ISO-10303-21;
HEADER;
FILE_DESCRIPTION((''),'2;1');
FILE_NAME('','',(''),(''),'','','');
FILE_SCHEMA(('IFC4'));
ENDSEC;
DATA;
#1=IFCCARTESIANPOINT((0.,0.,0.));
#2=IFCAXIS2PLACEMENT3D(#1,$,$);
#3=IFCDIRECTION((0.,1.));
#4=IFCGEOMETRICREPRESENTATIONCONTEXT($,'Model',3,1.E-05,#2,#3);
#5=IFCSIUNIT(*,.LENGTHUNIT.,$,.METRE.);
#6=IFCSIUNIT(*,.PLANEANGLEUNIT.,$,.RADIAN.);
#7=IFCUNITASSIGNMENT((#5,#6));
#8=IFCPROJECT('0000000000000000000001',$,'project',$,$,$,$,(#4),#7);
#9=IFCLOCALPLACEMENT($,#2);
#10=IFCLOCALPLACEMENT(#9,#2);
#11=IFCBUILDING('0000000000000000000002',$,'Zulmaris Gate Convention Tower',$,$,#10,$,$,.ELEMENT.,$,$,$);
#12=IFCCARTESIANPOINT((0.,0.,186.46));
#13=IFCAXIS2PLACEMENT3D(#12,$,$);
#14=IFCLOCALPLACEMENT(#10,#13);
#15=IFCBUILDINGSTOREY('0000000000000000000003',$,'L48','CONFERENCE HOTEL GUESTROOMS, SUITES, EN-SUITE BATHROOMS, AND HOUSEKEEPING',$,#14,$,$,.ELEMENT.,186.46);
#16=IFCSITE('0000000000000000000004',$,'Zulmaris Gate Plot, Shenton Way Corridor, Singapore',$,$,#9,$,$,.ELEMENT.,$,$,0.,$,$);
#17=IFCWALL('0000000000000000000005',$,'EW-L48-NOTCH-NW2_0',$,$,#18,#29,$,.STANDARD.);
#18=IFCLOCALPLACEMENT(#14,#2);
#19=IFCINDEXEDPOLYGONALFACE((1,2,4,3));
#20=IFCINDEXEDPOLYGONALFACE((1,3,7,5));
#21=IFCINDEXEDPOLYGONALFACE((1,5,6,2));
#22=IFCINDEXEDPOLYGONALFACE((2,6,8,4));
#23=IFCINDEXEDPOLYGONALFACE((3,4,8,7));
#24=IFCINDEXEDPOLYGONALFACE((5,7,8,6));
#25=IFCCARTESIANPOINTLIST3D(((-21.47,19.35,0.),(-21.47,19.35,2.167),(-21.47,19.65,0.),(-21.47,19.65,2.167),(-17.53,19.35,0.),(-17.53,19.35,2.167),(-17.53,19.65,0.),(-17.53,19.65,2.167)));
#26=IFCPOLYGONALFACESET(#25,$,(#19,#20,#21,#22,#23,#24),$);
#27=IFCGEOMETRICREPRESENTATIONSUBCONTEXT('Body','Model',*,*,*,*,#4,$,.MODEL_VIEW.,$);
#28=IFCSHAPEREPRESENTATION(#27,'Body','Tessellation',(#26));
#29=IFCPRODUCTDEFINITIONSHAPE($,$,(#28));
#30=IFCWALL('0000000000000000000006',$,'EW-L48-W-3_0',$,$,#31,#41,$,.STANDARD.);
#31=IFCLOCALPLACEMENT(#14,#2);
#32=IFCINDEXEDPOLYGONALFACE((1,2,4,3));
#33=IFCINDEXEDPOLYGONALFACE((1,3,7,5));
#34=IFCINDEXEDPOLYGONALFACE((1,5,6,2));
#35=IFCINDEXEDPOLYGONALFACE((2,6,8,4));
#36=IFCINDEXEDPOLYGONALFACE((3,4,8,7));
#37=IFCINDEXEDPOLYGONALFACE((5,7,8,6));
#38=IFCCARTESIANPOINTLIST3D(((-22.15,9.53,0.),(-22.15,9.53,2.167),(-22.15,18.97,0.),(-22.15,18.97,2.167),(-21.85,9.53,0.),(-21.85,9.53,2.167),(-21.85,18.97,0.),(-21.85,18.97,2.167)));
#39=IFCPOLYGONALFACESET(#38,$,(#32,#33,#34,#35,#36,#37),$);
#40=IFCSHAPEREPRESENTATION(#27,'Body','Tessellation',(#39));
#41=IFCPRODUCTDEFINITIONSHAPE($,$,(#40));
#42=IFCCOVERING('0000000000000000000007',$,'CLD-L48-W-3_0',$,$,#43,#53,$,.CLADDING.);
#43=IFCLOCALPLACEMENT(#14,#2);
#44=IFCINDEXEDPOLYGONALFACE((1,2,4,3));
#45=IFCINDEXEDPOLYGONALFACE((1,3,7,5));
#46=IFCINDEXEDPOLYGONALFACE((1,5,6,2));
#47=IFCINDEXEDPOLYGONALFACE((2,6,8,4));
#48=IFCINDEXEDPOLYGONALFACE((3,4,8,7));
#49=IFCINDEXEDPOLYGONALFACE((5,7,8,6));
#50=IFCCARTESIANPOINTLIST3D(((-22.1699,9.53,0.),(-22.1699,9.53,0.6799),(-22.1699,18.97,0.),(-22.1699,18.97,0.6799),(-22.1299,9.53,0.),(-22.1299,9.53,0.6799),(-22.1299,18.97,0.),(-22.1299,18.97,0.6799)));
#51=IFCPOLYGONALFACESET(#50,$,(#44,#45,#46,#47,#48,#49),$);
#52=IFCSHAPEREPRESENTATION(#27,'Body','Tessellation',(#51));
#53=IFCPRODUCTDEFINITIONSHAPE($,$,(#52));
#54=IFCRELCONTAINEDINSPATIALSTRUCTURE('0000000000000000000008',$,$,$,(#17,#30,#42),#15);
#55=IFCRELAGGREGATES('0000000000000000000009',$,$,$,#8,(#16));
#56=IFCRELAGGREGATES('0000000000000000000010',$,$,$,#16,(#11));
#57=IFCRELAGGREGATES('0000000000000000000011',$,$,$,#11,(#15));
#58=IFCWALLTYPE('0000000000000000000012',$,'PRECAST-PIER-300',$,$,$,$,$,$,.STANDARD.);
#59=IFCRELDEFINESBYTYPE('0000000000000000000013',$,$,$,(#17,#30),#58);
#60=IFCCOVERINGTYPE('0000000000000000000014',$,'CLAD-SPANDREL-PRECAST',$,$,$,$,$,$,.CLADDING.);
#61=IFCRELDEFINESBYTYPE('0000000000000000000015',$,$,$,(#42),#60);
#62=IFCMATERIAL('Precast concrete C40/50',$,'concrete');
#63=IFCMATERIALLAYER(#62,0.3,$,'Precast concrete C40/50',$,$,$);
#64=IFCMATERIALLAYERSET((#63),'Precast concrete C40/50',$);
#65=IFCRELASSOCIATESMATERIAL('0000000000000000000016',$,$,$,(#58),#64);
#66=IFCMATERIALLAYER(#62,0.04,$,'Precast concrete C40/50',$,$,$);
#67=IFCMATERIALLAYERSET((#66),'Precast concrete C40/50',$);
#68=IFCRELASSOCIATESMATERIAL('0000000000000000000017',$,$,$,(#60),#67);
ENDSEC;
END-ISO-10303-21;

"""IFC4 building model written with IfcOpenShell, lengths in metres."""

from ifc_helpers import new_model, si_unit, direction, frame, frame_2d, origin, place, context, subcontext, project, spatial, rectangle, extrude, material, layer, layer_set, type_object, element, save


model = new_model("IFC4")

# Units and contexts
model_context = context("Model", 3, precision=1e-05, world=origin(), true_north=direction((0.0, 1.0)))
body_context = subcontext(model_context, "Body", "Model", "MODEL_VIEW")
ifc_project = project(units=[si_unit("LENGTHUNIT", "METRE"), si_unit("PLANEANGLEUNIT", "RADIAN")], contexts=[model_context])

# Site, building, storey
site_placement = place(None, origin())
site = spatial("IfcSite", under=ifc_project, at=site_placement, Name="Zulmaris Gate Plot, Shenton Way Corridor, Singapore", CompositionType="ELEMENT", RefElevation=0.0)
building_placement = place(site_placement, origin())
building = spatial("IfcBuilding", under=site, at=building_placement, Name="Zulmaris Gate Convention Tower", CompositionType="ELEMENT")
storey_placement = place(building_placement, frame((0.0, 0.0, 186.46)))
storey = spatial("IfcBuildingStorey", under=building, at=storey_placement, Name="L48", Description="CONFERENCE HOTEL GUESTROOMS, SUITES, EN-SUITE BATHROOMS, AND HOUSEKEEPING", CompositionType="ELEMENT", Elevation=186.46)

# Walls
ifc_material_1 = material(Name="Precast concrete C40/50", Category="concrete")
ifc_layer_1 = layer(ifc_material_1, 0.3, Name="Precast concrete C40/50")
ifc_layer_set_1 = layer_set([ifc_layer_1], Name="Precast concrete C40/50")
wall_type_1 = type_object("IfcWallType", Name="PRECAST-PIER-300", PredefinedType="STANDARD", material=ifc_layer_set_1)
wall_1_placement = place(storey_placement, frame((-17.53, 19.5, 0.0), z_axis=(0.0, 0.0, 1.0), x_axis=(-1.0, 0.0, 0.0)))
element("IfcWall", 1, at=wall_1_placement, inside=storey, type_object=wall_type_1, Name="EW-L48-NOTCH-NW2_0", PredefinedType="STANDARD", context=body_context, shape_type="SweptSolid", body=[
    extrude(rectangle(XDim=3.9399, YDim=0.3, at=frame_2d((1.97, 0.0))), origin(), (0.0, 0.0, 1.0), 2.167),
])
wall_2_placement = place(storey_placement, frame((-22.0, 18.97, 0.0), z_axis=(0.0, 0.0, 1.0), x_axis=(0.0, -1.0, 0.0)))
element("IfcWall", 2, at=wall_2_placement, inside=storey, type_object=wall_type_1, Name="EW-L48-W-3_0", PredefinedType="STANDARD", context=body_context, shape_type="SweptSolid", body=[
    extrude(rectangle(XDim=9.4399, YDim=0.3, at=frame_2d((4.72, 0.0))), origin(), (0.0, 0.0, 1.0), 2.167),
])

# Covering
ifc_layer_2 = layer(ifc_material_1, 0.04, Name="Precast concrete C40/50")
ifc_layer_set_2 = layer_set([ifc_layer_2], Name="Precast concrete C40/50")
covering_type = type_object("IfcCoveringType", Name="CLAD-SPANDREL-PRECAST", PredefinedType="CLADDING", material=ifc_layer_set_2)
covering_placement = place(storey_placement, frame((-22.1499, 18.97, 0.0), z_axis=(0.0, 0.0, 1.0), x_axis=(0.0, -1.0, 0.0)))
element("IfcCovering", 3, at=covering_placement, inside=storey, type_object=covering_type, Name="CLD-L48-W-3_0", PredefinedType="CLADDING", context=body_context, shape_type="SweptSolid", body=[
    extrude(rectangle(XDim=9.4399, YDim=0.04, at=frame_2d((4.72, 0.0))), origin(), (0.0, 0.0, 1.0), 0.6799),
])

save(model, "model.ifc")
